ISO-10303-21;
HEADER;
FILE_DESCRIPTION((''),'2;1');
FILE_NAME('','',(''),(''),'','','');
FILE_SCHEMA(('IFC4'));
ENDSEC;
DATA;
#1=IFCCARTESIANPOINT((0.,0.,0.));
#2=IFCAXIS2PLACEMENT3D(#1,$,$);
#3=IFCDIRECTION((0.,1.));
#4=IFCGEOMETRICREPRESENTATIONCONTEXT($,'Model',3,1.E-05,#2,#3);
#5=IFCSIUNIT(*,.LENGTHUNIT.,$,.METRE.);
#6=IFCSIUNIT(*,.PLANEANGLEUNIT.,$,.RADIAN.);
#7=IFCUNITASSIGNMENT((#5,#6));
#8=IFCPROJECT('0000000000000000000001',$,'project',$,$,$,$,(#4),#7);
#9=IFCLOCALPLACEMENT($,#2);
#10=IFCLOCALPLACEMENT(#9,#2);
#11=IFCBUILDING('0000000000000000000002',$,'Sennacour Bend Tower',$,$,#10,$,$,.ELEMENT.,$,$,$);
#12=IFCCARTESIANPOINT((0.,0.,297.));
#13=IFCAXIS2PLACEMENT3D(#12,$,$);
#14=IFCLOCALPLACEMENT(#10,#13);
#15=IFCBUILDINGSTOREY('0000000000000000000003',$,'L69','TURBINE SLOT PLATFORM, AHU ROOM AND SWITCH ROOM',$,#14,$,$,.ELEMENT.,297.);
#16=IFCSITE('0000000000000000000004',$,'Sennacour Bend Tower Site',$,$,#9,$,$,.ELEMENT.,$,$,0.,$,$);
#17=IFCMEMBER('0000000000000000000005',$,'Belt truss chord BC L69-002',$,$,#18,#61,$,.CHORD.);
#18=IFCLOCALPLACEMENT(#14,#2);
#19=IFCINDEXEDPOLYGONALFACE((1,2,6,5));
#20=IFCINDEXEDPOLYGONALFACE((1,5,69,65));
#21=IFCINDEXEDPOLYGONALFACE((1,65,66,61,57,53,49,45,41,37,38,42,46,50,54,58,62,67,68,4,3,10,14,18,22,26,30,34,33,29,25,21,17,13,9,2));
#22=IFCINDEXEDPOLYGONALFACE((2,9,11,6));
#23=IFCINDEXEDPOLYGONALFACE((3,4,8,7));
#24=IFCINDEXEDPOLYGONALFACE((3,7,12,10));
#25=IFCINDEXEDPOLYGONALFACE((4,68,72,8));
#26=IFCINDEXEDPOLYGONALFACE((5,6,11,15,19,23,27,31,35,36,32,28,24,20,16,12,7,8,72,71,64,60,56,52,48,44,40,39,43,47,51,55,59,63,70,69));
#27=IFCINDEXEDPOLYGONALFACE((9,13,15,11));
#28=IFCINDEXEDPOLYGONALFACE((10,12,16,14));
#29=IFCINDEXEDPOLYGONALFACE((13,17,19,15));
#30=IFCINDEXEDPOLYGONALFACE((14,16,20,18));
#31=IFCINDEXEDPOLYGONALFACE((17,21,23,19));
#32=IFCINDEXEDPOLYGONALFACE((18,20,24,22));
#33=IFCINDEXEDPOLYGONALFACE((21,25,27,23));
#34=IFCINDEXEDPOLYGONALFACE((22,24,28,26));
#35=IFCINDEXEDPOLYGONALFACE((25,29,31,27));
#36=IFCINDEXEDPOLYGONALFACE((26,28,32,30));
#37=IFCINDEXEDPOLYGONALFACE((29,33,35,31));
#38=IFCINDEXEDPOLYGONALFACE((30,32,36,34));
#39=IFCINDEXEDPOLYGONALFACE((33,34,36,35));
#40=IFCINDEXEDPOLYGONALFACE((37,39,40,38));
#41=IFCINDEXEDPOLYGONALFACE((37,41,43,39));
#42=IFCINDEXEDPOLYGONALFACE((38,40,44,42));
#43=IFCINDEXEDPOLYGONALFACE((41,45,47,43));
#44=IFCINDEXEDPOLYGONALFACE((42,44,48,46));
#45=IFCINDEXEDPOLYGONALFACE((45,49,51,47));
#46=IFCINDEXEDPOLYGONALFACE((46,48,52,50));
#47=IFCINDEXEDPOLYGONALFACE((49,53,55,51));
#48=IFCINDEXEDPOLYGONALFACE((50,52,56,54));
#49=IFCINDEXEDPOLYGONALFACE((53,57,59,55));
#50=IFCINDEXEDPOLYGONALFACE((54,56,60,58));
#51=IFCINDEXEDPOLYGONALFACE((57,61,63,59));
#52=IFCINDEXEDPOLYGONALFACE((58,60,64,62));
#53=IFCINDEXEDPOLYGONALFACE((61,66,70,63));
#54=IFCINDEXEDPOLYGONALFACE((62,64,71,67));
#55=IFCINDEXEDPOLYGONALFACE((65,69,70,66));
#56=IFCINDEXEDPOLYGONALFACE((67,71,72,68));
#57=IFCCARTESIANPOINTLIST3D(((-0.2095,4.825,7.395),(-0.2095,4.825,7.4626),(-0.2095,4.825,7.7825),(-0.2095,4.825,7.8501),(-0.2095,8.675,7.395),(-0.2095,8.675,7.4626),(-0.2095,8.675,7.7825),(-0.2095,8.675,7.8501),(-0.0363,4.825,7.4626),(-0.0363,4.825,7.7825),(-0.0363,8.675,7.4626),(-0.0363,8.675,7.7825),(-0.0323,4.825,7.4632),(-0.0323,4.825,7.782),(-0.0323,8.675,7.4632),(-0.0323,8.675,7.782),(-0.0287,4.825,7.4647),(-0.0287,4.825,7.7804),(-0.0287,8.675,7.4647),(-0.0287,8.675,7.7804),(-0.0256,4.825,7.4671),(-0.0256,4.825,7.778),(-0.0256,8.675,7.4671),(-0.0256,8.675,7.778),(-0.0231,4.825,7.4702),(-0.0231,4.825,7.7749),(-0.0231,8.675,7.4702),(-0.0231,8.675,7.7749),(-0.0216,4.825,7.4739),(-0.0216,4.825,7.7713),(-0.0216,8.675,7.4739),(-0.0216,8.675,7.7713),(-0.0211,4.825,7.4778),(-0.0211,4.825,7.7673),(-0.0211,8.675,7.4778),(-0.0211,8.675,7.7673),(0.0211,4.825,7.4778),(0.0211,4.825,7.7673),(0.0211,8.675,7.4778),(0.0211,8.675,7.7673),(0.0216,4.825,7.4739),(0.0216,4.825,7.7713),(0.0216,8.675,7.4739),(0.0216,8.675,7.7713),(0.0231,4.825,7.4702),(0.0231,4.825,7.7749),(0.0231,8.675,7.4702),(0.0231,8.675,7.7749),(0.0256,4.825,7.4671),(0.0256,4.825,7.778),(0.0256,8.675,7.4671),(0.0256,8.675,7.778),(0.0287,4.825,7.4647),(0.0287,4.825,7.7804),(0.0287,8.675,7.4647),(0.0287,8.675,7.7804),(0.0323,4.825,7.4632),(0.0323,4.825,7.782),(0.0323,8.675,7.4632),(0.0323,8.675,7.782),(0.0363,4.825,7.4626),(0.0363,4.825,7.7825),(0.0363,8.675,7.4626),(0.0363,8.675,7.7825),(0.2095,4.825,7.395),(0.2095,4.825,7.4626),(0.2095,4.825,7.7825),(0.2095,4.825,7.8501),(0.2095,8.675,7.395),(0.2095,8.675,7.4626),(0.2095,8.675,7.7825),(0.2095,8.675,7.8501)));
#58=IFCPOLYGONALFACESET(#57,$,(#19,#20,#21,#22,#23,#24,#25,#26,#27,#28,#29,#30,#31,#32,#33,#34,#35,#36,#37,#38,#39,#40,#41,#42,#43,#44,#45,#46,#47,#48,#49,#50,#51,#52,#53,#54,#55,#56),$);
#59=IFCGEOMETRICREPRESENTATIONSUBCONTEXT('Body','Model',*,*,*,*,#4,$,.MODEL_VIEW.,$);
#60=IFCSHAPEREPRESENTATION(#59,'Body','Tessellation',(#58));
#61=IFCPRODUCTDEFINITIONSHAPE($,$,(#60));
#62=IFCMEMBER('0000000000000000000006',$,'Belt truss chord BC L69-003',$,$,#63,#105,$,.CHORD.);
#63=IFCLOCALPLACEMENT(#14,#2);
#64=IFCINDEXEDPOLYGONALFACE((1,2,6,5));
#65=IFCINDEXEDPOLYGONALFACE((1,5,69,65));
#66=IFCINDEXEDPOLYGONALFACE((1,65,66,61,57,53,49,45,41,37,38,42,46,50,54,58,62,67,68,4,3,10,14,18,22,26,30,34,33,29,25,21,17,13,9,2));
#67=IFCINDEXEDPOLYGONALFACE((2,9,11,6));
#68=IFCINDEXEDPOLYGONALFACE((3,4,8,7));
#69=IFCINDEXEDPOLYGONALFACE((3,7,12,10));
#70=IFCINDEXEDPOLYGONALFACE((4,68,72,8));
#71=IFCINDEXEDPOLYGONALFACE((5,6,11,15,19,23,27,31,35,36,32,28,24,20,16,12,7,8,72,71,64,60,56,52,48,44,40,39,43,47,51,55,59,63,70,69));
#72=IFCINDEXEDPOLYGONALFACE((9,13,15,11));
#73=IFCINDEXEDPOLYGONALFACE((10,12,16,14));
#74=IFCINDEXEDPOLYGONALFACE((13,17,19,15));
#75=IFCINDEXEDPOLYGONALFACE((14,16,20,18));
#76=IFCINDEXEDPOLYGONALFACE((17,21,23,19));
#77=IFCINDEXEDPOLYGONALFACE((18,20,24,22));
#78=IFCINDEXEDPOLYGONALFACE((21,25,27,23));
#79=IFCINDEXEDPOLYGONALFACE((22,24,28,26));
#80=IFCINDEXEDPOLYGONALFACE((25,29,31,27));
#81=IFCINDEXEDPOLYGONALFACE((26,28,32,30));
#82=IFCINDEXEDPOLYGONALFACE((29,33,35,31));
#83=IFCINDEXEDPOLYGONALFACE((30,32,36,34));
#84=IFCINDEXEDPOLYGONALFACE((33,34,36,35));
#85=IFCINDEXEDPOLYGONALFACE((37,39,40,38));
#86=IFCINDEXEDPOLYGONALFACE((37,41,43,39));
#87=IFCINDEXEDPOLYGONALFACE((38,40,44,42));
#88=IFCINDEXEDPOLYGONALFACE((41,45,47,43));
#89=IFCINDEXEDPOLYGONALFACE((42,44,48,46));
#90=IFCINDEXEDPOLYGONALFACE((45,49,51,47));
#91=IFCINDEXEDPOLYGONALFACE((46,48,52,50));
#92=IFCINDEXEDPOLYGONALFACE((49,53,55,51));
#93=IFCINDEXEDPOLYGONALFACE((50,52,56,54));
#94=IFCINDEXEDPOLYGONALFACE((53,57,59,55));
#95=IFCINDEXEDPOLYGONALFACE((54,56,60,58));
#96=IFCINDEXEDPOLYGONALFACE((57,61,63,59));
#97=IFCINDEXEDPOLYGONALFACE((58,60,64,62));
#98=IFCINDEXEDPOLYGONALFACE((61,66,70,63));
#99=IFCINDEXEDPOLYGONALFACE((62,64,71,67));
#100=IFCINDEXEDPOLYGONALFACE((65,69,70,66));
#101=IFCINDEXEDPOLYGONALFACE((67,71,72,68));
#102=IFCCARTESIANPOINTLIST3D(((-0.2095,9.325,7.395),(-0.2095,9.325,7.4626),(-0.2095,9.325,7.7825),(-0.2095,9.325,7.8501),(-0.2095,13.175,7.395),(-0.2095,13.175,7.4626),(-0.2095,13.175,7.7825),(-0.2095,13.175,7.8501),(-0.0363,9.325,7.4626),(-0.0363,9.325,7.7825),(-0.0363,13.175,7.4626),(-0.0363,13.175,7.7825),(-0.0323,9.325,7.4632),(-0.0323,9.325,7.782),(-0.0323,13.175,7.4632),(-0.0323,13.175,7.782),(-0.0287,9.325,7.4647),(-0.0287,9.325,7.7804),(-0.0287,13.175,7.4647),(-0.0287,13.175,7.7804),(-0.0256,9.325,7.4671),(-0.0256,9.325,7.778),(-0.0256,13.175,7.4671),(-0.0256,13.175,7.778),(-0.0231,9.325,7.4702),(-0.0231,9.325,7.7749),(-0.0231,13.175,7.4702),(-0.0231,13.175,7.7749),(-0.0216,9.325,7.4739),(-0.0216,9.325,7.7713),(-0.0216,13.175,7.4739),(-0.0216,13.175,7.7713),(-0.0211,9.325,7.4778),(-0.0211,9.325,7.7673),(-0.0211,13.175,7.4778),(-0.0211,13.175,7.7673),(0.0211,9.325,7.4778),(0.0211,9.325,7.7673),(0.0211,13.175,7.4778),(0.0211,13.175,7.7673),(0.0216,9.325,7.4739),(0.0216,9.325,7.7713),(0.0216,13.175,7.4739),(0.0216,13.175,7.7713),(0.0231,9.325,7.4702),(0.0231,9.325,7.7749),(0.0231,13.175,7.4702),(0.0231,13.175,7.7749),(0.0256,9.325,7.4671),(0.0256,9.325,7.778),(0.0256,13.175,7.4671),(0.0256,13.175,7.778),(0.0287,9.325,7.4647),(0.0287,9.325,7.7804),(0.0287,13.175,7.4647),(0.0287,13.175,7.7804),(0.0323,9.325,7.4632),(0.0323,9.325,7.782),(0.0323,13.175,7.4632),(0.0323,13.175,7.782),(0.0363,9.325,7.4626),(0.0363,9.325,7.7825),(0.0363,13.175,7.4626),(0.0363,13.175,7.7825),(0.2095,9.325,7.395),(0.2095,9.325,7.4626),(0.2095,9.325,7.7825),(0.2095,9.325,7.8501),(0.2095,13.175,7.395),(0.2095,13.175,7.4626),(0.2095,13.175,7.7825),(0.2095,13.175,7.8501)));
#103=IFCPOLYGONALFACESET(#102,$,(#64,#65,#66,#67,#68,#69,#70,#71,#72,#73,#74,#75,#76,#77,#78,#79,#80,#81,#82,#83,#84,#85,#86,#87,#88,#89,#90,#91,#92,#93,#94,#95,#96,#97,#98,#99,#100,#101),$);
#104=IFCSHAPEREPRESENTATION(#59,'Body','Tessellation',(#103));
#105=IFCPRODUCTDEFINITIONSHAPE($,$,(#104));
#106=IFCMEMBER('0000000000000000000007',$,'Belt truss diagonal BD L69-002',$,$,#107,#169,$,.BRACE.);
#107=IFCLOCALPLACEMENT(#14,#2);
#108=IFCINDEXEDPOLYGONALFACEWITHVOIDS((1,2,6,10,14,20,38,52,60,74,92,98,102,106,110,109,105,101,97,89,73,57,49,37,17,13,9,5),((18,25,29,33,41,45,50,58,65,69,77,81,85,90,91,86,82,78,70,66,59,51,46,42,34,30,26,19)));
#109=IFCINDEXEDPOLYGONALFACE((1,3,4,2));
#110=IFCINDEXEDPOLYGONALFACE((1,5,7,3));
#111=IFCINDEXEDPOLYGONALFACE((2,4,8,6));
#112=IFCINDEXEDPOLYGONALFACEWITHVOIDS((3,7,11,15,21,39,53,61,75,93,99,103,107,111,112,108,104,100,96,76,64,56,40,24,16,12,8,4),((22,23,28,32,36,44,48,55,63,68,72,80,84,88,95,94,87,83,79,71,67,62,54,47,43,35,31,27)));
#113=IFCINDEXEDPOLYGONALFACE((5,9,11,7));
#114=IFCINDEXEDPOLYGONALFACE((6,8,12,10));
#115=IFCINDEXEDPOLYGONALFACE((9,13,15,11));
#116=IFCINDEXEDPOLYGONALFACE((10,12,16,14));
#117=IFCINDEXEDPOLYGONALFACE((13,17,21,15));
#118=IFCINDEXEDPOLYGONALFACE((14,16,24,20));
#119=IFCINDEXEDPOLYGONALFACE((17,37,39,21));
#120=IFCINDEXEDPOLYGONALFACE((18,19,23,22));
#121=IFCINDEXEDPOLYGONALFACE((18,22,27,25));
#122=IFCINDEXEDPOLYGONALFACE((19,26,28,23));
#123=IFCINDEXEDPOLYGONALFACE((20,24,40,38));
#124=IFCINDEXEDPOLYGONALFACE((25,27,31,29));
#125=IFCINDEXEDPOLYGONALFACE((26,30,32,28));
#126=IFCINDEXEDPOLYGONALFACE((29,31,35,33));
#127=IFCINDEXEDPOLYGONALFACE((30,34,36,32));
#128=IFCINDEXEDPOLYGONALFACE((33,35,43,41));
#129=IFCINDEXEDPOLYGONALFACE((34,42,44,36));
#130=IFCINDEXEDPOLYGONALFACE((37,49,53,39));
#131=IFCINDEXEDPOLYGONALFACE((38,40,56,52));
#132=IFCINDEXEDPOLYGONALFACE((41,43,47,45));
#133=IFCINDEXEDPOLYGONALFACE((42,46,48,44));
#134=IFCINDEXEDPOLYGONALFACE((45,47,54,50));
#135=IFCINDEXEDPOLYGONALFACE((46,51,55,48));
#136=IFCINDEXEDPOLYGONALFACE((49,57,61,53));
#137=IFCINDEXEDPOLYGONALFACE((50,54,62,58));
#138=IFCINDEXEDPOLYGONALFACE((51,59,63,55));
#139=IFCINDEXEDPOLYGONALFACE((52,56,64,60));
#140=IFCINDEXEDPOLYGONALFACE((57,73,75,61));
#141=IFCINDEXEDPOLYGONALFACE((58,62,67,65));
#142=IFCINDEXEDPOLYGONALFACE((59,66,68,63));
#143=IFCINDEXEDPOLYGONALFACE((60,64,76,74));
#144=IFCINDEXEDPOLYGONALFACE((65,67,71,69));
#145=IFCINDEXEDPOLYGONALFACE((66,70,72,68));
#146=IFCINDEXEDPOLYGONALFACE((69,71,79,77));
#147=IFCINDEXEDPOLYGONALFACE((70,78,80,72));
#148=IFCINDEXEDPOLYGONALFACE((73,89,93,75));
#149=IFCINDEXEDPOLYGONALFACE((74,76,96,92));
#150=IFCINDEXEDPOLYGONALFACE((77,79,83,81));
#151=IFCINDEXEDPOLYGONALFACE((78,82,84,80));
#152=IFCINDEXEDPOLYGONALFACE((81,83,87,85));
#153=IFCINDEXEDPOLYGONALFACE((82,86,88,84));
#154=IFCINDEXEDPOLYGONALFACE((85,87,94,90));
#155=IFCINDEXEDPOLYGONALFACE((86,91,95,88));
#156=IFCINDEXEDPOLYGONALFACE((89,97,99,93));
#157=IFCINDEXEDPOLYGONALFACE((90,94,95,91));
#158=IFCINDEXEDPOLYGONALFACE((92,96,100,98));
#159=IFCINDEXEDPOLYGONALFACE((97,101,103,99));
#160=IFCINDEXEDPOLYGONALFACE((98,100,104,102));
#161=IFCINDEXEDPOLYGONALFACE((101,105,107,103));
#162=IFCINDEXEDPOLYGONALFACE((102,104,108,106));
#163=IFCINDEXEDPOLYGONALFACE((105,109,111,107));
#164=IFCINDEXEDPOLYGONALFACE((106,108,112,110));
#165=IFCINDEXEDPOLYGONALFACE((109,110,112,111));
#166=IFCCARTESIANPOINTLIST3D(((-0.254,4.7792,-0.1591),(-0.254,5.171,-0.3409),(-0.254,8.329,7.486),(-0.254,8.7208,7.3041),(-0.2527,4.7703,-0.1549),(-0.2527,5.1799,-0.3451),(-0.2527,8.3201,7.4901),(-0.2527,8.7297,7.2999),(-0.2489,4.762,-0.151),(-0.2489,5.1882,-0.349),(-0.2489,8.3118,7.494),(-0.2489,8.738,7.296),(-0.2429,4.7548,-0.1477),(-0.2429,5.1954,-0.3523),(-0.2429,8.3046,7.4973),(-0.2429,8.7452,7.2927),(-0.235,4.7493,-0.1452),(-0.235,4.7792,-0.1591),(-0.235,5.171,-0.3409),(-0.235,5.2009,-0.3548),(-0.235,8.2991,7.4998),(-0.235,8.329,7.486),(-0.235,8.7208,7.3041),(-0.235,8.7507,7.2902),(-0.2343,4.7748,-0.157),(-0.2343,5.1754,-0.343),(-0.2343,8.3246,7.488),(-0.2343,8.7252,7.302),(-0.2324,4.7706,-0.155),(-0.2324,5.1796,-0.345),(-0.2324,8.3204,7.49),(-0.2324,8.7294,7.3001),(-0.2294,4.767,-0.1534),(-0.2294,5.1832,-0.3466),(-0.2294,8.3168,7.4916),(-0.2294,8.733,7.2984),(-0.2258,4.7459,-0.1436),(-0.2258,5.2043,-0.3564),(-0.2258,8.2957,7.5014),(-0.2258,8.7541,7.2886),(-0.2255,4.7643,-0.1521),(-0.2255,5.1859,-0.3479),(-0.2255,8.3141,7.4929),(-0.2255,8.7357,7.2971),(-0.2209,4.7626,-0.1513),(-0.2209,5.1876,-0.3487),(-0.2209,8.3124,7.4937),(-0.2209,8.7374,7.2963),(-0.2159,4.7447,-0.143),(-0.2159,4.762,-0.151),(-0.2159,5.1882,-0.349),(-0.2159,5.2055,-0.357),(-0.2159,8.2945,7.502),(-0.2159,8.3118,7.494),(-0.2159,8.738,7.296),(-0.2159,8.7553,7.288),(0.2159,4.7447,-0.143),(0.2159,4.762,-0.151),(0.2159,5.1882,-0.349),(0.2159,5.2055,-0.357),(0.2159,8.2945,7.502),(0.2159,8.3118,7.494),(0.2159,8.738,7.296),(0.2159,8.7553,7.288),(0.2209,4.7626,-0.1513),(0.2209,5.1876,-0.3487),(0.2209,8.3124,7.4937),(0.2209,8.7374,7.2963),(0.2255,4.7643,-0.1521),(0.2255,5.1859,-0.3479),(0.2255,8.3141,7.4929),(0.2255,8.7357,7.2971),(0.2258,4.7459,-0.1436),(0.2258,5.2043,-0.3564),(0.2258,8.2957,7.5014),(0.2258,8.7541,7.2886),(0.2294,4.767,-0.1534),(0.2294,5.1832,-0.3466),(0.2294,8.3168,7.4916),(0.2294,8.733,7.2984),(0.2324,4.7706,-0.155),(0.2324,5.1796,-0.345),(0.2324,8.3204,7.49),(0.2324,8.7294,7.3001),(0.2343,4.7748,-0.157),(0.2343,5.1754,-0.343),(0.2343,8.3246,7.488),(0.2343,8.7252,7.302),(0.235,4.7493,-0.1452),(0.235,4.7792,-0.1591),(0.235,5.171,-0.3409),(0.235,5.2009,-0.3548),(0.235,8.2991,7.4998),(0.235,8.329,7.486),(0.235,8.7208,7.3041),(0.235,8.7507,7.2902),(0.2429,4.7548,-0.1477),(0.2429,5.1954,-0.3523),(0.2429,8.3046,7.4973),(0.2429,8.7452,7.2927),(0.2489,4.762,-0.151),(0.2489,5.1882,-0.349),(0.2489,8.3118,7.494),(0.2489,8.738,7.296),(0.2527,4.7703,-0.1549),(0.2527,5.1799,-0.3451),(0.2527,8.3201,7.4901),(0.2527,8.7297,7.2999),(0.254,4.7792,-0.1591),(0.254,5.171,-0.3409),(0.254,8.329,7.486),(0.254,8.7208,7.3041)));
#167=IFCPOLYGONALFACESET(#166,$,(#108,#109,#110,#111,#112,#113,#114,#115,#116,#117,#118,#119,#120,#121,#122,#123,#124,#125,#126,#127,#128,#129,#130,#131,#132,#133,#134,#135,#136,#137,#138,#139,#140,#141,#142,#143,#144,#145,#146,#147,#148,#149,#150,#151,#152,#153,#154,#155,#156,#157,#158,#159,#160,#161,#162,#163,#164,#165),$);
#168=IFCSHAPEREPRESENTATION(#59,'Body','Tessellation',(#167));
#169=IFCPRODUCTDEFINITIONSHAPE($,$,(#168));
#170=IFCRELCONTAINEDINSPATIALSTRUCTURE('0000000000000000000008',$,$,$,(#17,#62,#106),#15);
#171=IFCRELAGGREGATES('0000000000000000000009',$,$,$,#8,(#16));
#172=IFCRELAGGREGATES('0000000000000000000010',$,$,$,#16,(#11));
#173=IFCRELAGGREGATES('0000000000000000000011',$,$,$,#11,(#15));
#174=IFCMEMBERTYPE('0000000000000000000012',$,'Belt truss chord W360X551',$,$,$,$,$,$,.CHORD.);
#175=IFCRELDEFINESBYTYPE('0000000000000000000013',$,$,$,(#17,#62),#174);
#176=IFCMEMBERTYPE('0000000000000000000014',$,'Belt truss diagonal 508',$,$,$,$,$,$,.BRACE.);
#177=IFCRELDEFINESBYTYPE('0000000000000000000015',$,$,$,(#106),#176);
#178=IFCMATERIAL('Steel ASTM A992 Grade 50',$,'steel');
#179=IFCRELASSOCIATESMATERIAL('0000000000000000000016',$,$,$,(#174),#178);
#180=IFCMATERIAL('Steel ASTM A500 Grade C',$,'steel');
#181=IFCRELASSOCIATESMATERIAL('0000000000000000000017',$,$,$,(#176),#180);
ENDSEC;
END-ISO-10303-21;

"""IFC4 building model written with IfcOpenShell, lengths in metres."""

from ifc_helpers import new_model, si_unit, direction, frame, origin, origin_2d, place, context, subcontext, project, spatial, hollow_rectangle, i_section, extrude, material, material_profile, profile_set, type_object, element, save


model = new_model("IFC4")

# Units and contexts
model_context = context("Model", 3, precision=1e-05, world=origin(), true_north=direction((0.0, 1.0)))
body_context = subcontext(model_context, "Body", "Model", "MODEL_VIEW")
ifc_project = project(units=[si_unit("LENGTHUNIT", "METRE"), si_unit("PLANEANGLEUNIT", "RADIAN")], contexts=[model_context])

# Site, building, storey
site_placement = place(None, origin())
site = spatial("IfcSite", under=ifc_project, at=site_placement, Name="Sennacour Bend Tower Site", CompositionType="ELEMENT", RefElevation=0.0)
building_placement = place(site_placement, origin())
building = spatial("IfcBuilding", under=site, at=building_placement, Name="Sennacour Bend Tower", CompositionType="ELEMENT")
storey_placement = place(building_placement, frame((0.0, 0.0, 297.0)))
storey = spatial("IfcBuildingStorey", under=building, at=storey_placement, Name="L69", Description="TURBINE SLOT PLATFORM, AHU ROOM AND SWITCH ROOM", CompositionType="ELEMENT", Elevation=297.0)

# Members
ifc_material_1 = material(Name="Steel ASTM A992 Grade 50", Category="steel")
ifc_material_profile_1 = material_profile(ifc_material_1, i_section(OverallWidth=0.4189, OverallDepth=0.4551, WebThickness=0.0422, FlangeThickness=0.0676, FilletRadius=0.0151, at=origin_2d()), Name="Steel ASTM A992 Grade 50", Category="steel")
ifc_profile_set_1 = profile_set([ifc_material_profile_1], Name="Steel ASTM A992 Grade 50")
member_type_1 = type_object("IfcMemberType", Name="Belt truss chord W360X551", PredefinedType="CHORD", material=ifc_profile_set_1)
for number, where, z_axis, x_axis, name in (
    (1, (0.0, 4.825, 7.6226), (0.0, 1.0, 0.0), (-1.0, 0.0, 0.0), "Belt truss chord BC L69-002"),
    (2, (0.0, 9.325, 7.6226), (0.0, 1.0, 0.0), (-1.0, 0.0, 0.0), "Belt truss chord BC L69-003"),
):
    element("IfcMember", number, at=place(storey_placement, frame(where, z_axis=z_axis, x_axis=x_axis)), inside=storey, type_object=member_type_1, Name=name, PredefinedType="CHORD", context=body_context, shape_type="SweptSolid", body=[
        extrude(i_section(OverallWidth=0.4189, OverallDepth=0.4551, WebThickness=0.0422, FlangeThickness=0.0676, FilletRadius=0.0151, at=origin_2d()), origin(), (0.0, 0.0, 1.0), 3.8501),
    ])
ifc_material_2 = material(Name="Steel ASTM A500 Grade C", Category="steel")
ifc_material_profile_2 = material_profile(ifc_material_2, hollow_rectangle(XDim=0.5081, YDim=0.5081, WallThickness=0.019, InnerFilletRadius=0.019, OuterFilletRadius=0.0381, at=origin_2d()), Name="Steel ASTM A500 Grade C", Category="steel")
ifc_profile_set_2 = profile_set([ifc_material_profile_2], Name="Steel ASTM A500 Grade C")
member_type_2 = type_object("IfcMemberType", Name="Belt truss diagonal 508", PredefinedType="BRACE", material=ifc_profile_set_2)
for number, where, z_axis, x_axis, name in (
    (3, (0.0, 4.9751, -0.25), (0.0, 0.421144, 0.906994), (-1.0, 0.0, 0.0), "Belt truss diagonal BD L69-002"),
):
    element("IfcMember", number, at=place(storey_placement, frame(where, z_axis=z_axis, x_axis=x_axis)), inside=storey, type_object=member_type_2, Name=name, PredefinedType="BRACE", context=body_context, shape_type="SweptSolid", body=[
        extrude(hollow_rectangle(XDim=0.5081, YDim=0.5081, WallThickness=0.019, InnerFilletRadius=0.019, OuterFilletRadius=0.0381, at=origin_2d()), origin(), (0.0, 0.0, 1.0), 8.429),
    ])

save(model, "model.ifc")
